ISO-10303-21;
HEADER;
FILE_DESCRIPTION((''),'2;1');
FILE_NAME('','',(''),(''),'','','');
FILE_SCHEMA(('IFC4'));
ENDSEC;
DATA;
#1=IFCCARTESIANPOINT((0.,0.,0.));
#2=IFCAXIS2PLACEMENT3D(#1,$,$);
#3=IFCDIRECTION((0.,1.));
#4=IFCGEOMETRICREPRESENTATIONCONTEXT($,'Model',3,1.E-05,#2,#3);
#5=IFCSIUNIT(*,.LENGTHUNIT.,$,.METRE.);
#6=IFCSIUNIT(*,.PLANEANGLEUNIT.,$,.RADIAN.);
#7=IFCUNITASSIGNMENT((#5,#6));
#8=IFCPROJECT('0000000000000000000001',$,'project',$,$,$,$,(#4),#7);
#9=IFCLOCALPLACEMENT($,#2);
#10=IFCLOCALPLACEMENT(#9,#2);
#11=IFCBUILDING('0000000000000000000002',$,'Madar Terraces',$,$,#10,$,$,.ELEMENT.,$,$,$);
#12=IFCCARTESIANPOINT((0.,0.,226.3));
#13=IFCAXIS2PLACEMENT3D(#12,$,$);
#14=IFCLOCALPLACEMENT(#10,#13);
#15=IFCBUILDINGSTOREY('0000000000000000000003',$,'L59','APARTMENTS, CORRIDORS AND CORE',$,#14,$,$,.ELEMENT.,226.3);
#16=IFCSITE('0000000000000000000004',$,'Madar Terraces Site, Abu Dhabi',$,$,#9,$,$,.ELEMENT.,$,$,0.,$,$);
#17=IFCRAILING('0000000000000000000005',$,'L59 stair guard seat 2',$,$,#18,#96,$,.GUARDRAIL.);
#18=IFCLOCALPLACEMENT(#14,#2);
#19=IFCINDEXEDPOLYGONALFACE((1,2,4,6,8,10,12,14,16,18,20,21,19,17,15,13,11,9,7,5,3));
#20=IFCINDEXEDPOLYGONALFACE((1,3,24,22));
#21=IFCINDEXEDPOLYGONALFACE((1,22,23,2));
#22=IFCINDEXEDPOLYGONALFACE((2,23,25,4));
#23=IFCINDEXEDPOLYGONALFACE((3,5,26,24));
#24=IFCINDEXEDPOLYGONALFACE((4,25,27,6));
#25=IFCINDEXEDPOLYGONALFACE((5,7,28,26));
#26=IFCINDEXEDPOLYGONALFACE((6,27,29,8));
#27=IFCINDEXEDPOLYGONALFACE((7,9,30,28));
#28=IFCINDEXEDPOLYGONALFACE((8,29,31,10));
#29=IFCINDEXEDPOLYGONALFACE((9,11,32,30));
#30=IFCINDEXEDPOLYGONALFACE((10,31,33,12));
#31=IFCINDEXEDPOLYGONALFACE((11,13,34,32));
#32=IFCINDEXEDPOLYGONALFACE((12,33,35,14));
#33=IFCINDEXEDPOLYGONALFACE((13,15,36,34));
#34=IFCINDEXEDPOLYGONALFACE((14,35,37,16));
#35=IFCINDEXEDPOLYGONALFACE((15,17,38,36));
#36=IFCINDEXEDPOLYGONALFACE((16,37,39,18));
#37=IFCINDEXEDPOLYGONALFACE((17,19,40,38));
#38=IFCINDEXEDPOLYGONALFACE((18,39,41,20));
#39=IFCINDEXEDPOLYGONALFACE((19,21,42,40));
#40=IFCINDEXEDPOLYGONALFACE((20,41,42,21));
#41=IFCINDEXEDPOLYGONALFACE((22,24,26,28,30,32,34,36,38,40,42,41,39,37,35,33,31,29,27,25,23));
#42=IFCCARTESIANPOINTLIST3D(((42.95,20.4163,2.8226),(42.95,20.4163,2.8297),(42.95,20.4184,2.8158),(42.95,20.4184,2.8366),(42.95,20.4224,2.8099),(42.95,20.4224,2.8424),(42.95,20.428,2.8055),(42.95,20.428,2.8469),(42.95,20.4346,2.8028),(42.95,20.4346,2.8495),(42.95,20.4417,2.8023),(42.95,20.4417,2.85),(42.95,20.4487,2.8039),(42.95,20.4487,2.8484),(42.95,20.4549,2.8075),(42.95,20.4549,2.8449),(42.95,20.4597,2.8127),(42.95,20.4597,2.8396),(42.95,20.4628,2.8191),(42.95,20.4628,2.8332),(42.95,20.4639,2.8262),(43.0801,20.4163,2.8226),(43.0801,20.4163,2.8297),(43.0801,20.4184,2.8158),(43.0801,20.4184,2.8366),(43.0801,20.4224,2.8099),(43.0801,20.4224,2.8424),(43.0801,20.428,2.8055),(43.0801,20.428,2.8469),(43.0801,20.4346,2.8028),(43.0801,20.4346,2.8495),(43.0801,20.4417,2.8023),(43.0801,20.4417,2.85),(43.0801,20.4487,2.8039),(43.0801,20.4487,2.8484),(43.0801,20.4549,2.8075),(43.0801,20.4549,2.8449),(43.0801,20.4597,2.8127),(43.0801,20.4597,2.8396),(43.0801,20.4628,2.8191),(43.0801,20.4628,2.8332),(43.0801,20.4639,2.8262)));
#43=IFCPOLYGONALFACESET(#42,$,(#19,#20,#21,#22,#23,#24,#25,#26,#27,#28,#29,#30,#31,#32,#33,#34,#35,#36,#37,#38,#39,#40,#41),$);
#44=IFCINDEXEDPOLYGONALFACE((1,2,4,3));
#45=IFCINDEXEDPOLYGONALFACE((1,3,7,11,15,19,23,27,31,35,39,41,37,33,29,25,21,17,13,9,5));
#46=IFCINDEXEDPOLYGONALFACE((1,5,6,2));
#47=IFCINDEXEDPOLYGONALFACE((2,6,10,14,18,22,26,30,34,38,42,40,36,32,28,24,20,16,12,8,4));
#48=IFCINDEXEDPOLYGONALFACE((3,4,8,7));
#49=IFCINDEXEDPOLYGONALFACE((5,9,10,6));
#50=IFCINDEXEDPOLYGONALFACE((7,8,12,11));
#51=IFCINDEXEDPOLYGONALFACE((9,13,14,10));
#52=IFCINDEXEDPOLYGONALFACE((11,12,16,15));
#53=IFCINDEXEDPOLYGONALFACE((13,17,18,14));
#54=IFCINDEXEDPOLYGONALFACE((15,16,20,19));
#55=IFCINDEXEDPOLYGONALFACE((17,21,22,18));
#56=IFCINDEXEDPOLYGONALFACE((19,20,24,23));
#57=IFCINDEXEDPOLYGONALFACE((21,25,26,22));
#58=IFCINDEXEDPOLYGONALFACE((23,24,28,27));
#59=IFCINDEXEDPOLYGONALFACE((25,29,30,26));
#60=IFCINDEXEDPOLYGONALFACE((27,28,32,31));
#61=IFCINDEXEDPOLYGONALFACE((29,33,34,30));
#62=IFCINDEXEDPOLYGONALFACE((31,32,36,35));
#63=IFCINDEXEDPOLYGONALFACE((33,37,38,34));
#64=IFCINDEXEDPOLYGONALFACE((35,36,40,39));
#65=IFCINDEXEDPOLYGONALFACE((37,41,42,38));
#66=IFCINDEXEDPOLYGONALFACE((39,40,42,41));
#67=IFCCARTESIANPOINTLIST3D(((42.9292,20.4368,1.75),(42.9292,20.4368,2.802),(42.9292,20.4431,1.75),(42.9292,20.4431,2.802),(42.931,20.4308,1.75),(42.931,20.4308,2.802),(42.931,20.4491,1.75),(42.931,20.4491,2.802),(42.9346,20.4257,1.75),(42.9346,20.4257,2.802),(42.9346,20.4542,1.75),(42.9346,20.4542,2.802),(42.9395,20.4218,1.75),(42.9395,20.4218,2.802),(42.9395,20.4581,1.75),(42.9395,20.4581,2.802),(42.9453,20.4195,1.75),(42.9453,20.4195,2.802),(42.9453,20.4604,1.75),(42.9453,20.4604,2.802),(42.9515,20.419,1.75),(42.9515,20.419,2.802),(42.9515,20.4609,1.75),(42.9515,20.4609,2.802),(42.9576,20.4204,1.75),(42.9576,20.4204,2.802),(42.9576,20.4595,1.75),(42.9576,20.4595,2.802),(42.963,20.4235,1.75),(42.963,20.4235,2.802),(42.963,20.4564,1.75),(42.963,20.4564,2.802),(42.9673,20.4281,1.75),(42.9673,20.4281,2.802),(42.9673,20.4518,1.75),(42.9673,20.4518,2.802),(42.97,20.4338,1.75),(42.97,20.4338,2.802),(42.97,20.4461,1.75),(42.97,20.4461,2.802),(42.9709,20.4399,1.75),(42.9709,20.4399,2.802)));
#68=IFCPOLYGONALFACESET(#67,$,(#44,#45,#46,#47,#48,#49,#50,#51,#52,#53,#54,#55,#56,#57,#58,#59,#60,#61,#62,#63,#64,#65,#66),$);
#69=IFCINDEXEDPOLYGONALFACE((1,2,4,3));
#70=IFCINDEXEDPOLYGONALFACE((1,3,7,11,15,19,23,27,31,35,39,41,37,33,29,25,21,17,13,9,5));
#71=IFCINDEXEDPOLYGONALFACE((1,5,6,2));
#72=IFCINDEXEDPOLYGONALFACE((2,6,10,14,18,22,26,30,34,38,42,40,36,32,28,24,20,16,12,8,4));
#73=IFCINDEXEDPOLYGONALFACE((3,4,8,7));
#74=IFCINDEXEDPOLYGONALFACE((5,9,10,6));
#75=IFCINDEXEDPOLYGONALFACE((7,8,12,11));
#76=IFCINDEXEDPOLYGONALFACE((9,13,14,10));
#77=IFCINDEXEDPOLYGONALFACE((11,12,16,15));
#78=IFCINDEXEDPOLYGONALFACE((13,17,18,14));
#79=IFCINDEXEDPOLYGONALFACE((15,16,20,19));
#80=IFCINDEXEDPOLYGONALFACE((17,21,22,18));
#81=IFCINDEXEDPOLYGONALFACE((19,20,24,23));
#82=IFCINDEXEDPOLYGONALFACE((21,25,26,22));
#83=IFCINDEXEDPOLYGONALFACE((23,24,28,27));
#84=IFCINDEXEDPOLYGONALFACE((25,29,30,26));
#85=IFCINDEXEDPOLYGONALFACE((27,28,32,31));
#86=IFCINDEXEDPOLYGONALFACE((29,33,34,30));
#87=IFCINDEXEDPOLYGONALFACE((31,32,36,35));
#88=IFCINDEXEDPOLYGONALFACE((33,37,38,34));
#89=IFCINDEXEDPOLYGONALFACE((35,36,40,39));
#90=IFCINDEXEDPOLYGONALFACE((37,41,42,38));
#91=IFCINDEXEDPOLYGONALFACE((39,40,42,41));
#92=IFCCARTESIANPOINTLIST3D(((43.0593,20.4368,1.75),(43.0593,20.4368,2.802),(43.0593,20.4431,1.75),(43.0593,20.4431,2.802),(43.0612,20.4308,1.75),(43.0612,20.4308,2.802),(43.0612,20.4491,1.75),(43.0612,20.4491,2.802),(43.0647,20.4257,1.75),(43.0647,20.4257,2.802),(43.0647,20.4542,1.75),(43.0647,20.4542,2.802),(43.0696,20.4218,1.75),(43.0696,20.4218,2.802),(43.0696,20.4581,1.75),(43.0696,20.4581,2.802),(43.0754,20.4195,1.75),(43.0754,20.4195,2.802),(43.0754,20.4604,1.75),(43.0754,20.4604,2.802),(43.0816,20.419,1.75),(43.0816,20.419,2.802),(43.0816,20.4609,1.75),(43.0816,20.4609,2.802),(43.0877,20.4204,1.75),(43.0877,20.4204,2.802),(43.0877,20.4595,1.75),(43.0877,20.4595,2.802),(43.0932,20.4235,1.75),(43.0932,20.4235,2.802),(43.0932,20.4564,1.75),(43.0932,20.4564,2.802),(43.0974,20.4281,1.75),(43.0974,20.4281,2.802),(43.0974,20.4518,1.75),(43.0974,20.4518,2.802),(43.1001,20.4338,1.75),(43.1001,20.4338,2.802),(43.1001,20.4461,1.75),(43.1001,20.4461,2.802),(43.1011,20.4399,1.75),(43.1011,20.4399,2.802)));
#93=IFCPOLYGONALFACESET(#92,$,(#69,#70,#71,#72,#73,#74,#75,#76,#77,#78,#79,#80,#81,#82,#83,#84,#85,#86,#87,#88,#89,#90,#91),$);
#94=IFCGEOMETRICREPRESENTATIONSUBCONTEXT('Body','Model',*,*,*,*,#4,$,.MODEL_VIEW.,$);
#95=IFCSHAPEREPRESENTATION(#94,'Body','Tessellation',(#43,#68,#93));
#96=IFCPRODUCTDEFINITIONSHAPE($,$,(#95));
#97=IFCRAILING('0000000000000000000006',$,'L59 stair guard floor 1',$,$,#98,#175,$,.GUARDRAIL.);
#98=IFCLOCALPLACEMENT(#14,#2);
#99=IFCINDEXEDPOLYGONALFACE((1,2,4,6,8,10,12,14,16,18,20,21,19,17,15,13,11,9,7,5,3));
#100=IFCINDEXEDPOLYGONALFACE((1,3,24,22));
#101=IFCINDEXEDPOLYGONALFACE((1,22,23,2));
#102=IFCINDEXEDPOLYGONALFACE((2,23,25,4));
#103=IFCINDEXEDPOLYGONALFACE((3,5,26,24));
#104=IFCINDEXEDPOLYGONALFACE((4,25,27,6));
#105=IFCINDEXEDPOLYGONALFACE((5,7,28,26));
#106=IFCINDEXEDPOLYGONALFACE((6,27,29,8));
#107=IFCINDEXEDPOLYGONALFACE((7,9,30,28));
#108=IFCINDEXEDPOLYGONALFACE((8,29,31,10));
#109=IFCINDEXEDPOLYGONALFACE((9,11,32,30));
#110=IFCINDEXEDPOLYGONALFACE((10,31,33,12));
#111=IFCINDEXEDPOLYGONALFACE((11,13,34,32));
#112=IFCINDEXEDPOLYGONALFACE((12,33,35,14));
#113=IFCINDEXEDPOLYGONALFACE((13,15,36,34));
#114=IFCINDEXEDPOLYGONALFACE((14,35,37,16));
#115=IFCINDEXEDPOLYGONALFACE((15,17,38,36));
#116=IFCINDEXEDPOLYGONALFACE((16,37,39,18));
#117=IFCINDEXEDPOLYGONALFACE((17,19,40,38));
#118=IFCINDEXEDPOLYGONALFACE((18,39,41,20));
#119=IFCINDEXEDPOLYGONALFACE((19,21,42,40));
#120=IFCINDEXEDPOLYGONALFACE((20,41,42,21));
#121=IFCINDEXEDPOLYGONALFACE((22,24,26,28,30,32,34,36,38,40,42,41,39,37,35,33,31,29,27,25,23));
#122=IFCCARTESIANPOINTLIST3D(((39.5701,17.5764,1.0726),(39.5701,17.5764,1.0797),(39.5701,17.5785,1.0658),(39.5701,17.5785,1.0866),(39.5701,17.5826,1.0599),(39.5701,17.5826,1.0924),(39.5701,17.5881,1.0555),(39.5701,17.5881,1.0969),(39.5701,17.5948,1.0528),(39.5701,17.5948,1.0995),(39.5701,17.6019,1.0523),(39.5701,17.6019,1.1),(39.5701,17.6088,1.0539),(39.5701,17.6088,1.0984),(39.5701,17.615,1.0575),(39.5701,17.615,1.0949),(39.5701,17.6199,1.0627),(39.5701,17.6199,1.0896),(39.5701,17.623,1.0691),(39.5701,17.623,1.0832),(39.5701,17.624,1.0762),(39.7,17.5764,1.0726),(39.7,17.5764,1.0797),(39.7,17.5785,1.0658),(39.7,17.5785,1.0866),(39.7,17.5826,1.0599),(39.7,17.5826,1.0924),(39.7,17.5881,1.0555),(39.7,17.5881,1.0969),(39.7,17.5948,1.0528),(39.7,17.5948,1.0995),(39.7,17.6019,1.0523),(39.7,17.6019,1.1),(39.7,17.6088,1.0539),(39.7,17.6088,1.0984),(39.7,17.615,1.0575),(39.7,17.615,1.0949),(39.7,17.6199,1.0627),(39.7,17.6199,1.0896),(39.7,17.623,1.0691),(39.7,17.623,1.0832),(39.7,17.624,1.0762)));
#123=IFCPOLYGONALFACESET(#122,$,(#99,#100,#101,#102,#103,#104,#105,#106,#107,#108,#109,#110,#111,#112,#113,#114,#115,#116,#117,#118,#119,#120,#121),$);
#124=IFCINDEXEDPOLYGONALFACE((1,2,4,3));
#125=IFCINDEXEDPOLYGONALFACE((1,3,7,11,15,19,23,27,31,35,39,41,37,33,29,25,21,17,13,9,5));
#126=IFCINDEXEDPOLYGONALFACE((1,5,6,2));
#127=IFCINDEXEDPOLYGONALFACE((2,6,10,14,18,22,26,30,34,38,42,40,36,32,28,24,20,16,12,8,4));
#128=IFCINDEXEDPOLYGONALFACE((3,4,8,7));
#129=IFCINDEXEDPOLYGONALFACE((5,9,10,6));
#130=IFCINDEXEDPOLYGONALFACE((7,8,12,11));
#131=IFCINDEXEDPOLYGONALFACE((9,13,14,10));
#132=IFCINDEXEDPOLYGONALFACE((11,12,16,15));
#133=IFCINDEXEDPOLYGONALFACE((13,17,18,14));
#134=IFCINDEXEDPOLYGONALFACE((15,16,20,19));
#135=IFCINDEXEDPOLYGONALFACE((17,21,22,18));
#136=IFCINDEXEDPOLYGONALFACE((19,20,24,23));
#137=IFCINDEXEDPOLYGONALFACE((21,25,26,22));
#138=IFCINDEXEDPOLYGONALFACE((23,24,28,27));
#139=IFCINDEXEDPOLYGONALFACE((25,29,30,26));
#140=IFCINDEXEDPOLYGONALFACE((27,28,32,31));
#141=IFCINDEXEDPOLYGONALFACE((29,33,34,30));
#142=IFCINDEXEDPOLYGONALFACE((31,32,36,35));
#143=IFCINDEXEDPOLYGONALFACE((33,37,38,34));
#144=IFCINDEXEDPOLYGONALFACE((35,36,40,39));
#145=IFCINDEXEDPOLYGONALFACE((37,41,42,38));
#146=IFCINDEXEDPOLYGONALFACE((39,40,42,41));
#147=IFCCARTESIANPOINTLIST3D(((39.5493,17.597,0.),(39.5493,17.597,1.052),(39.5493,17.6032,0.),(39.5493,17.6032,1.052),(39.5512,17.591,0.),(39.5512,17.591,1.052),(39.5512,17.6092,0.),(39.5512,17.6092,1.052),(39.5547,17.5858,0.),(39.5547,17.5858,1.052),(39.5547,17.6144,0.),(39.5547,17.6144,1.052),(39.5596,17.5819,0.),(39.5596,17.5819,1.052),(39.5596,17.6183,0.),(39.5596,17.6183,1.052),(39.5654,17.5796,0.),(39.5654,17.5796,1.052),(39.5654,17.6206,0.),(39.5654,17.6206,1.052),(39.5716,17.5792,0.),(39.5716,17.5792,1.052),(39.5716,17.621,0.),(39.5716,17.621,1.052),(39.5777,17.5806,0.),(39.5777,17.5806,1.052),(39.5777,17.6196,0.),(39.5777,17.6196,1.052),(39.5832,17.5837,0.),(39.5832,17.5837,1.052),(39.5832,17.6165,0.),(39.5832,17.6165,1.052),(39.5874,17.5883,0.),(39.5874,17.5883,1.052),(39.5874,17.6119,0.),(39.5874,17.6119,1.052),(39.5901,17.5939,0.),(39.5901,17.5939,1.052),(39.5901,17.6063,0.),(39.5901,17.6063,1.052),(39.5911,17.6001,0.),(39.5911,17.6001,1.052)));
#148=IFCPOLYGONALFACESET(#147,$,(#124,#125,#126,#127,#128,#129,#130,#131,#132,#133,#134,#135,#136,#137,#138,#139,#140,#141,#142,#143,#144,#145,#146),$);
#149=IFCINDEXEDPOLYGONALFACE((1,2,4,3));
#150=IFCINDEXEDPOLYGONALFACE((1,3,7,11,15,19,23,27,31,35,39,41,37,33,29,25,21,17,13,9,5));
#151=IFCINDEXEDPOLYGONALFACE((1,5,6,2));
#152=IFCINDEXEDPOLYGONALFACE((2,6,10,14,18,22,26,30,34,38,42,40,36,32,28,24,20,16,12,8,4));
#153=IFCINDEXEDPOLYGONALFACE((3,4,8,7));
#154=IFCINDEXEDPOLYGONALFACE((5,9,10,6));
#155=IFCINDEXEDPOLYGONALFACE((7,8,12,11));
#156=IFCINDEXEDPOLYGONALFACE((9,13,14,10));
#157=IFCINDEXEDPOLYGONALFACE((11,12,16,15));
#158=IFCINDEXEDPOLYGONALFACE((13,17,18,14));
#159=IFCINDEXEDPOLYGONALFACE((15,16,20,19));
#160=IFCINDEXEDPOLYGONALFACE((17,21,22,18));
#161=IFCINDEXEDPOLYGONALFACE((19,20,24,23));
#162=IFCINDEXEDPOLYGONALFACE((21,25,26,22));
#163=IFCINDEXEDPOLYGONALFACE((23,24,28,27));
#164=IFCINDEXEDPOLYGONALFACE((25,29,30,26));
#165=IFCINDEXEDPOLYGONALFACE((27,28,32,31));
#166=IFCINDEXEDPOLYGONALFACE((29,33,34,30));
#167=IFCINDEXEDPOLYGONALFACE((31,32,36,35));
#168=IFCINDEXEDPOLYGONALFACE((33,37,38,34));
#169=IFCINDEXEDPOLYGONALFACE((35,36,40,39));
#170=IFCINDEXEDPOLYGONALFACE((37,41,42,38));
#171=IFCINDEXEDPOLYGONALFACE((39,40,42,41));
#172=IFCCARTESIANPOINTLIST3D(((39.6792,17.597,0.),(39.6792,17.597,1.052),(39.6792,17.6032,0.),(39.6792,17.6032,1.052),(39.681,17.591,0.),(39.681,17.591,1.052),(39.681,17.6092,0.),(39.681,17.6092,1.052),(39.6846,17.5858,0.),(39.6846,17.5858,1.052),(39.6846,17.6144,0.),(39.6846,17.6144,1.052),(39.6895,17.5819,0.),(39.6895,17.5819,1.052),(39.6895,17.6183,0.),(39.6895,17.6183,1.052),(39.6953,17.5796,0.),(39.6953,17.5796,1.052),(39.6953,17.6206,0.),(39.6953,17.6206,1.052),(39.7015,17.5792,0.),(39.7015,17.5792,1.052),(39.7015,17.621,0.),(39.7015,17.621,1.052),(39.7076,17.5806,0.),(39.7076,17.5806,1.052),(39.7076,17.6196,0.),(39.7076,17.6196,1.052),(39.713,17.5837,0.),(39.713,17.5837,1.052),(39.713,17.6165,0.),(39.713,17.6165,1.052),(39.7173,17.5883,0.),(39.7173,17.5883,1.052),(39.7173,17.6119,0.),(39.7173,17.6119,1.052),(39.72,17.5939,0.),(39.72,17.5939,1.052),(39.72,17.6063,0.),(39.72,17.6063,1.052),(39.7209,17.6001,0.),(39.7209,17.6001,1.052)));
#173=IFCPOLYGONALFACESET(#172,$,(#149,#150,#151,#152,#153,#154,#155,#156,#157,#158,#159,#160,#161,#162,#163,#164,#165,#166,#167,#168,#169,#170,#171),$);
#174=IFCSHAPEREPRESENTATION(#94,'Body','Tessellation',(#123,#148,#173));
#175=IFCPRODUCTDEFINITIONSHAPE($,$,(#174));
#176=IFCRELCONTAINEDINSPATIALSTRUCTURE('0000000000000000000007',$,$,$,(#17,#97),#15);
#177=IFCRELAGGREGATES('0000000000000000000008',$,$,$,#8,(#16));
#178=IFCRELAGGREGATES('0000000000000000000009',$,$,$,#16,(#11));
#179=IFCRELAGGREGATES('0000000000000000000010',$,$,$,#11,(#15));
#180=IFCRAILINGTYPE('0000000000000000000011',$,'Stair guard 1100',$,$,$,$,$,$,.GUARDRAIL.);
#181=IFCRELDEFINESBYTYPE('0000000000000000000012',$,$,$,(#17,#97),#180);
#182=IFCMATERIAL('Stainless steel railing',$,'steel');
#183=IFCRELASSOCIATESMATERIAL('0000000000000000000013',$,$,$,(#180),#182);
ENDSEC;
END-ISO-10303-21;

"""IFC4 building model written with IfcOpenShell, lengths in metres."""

from ifc_helpers import new_model, si_unit, direction, frame, origin, origin_2d, place, context, subcontext, project, spatial, circle, extrude, material, type_object, element, save


model = new_model("IFC4")

# Units and contexts
model_context = context("Model", 3, precision=1e-05, world=origin(), true_north=direction((0.0, 1.0)))
body_context = subcontext(model_context, "Body", "Model", "MODEL_VIEW")
ifc_project = project(units=[si_unit("LENGTHUNIT", "METRE"), si_unit("PLANEANGLEUNIT", "RADIAN")], contexts=[model_context])

# Site, building, storey
site_placement = place(None, origin())
site = spatial("IfcSite", under=ifc_project, at=site_placement, Name="Madar Terraces Site, Abu Dhabi", CompositionType="ELEMENT", RefElevation=0.0)
building_placement = place(site_placement, origin())
building = spatial("IfcBuilding", under=site, at=building_placement, Name="Madar Terraces", CompositionType="ELEMENT")
storey_placement = place(building_placement, frame((0.0, 0.0, 226.3)))
storey = spatial("IfcBuildingStorey", under=building, at=storey_placement, Name="L59", Description="APARTMENTS, CORRIDORS AND CORE", CompositionType="ELEMENT", Elevation=226.3)

# Railings
ifc_material_1 = material(Name="Stainless steel railing", Category="steel")
railing_type_1 = type_object("IfcRailingType", Name="Stair guard 1100", PredefinedType="GUARDRAIL", material=ifc_material_1)
railing_1_placement = place(storey_placement, frame((42.95, 20.4399, 1.75)))
element("IfcRailing", 1, at=railing_1_placement, inside=storey, type_object=railing_type_1, Name="L59 stair guard seat 2", PredefinedType="GUARDRAIL", context=body_context, shape_type="SweptSolid", body=[
    extrude(circle(Radius=0.0239, at=origin_2d()), frame((0.0, 0.0, 1.0762), z_axis=(1.0, 0.0, 0.0), x_axis=(0.0, 1.0, 0.0)), (0.0, 0.0, 1.0), 0.1301),
    extrude(circle(Radius=0.021, at=origin_2d()), origin(), (0.0, 0.0, 1.0), 1.052),
    extrude(circle(Radius=0.021, at=origin_2d()), frame((0.1301, 0.0, 0.0)), (0.0, 0.0, 1.0), 1.052),
])
railing_2_placement = place(storey_placement, frame((39.5701, 17.6001, 0.0)))
element("IfcRailing", 2, at=railing_2_placement, inside=storey, type_object=railing_type_1, Name="L59 stair guard floor 1", PredefinedType="GUARDRAIL", context=body_context, shape_type="SweptSolid", body=[
    extrude(circle(Radius=0.0239, at=origin_2d()), frame((0.0, 0.0, 1.0762), z_axis=(1.0, 0.0, 0.0), x_axis=(0.0, 1.0, 0.0)), (0.0, 0.0, 1.0), 0.1299),
    extrude(circle(Radius=0.021, at=origin_2d()), origin(), (0.0, 0.0, 1.0), 1.052),
    extrude(circle(Radius=0.021, at=origin_2d()), frame((0.1299, 0.0, 0.0)), (0.0, 0.0, 1.0), 1.052),
])

save(model, "model.ifc")
